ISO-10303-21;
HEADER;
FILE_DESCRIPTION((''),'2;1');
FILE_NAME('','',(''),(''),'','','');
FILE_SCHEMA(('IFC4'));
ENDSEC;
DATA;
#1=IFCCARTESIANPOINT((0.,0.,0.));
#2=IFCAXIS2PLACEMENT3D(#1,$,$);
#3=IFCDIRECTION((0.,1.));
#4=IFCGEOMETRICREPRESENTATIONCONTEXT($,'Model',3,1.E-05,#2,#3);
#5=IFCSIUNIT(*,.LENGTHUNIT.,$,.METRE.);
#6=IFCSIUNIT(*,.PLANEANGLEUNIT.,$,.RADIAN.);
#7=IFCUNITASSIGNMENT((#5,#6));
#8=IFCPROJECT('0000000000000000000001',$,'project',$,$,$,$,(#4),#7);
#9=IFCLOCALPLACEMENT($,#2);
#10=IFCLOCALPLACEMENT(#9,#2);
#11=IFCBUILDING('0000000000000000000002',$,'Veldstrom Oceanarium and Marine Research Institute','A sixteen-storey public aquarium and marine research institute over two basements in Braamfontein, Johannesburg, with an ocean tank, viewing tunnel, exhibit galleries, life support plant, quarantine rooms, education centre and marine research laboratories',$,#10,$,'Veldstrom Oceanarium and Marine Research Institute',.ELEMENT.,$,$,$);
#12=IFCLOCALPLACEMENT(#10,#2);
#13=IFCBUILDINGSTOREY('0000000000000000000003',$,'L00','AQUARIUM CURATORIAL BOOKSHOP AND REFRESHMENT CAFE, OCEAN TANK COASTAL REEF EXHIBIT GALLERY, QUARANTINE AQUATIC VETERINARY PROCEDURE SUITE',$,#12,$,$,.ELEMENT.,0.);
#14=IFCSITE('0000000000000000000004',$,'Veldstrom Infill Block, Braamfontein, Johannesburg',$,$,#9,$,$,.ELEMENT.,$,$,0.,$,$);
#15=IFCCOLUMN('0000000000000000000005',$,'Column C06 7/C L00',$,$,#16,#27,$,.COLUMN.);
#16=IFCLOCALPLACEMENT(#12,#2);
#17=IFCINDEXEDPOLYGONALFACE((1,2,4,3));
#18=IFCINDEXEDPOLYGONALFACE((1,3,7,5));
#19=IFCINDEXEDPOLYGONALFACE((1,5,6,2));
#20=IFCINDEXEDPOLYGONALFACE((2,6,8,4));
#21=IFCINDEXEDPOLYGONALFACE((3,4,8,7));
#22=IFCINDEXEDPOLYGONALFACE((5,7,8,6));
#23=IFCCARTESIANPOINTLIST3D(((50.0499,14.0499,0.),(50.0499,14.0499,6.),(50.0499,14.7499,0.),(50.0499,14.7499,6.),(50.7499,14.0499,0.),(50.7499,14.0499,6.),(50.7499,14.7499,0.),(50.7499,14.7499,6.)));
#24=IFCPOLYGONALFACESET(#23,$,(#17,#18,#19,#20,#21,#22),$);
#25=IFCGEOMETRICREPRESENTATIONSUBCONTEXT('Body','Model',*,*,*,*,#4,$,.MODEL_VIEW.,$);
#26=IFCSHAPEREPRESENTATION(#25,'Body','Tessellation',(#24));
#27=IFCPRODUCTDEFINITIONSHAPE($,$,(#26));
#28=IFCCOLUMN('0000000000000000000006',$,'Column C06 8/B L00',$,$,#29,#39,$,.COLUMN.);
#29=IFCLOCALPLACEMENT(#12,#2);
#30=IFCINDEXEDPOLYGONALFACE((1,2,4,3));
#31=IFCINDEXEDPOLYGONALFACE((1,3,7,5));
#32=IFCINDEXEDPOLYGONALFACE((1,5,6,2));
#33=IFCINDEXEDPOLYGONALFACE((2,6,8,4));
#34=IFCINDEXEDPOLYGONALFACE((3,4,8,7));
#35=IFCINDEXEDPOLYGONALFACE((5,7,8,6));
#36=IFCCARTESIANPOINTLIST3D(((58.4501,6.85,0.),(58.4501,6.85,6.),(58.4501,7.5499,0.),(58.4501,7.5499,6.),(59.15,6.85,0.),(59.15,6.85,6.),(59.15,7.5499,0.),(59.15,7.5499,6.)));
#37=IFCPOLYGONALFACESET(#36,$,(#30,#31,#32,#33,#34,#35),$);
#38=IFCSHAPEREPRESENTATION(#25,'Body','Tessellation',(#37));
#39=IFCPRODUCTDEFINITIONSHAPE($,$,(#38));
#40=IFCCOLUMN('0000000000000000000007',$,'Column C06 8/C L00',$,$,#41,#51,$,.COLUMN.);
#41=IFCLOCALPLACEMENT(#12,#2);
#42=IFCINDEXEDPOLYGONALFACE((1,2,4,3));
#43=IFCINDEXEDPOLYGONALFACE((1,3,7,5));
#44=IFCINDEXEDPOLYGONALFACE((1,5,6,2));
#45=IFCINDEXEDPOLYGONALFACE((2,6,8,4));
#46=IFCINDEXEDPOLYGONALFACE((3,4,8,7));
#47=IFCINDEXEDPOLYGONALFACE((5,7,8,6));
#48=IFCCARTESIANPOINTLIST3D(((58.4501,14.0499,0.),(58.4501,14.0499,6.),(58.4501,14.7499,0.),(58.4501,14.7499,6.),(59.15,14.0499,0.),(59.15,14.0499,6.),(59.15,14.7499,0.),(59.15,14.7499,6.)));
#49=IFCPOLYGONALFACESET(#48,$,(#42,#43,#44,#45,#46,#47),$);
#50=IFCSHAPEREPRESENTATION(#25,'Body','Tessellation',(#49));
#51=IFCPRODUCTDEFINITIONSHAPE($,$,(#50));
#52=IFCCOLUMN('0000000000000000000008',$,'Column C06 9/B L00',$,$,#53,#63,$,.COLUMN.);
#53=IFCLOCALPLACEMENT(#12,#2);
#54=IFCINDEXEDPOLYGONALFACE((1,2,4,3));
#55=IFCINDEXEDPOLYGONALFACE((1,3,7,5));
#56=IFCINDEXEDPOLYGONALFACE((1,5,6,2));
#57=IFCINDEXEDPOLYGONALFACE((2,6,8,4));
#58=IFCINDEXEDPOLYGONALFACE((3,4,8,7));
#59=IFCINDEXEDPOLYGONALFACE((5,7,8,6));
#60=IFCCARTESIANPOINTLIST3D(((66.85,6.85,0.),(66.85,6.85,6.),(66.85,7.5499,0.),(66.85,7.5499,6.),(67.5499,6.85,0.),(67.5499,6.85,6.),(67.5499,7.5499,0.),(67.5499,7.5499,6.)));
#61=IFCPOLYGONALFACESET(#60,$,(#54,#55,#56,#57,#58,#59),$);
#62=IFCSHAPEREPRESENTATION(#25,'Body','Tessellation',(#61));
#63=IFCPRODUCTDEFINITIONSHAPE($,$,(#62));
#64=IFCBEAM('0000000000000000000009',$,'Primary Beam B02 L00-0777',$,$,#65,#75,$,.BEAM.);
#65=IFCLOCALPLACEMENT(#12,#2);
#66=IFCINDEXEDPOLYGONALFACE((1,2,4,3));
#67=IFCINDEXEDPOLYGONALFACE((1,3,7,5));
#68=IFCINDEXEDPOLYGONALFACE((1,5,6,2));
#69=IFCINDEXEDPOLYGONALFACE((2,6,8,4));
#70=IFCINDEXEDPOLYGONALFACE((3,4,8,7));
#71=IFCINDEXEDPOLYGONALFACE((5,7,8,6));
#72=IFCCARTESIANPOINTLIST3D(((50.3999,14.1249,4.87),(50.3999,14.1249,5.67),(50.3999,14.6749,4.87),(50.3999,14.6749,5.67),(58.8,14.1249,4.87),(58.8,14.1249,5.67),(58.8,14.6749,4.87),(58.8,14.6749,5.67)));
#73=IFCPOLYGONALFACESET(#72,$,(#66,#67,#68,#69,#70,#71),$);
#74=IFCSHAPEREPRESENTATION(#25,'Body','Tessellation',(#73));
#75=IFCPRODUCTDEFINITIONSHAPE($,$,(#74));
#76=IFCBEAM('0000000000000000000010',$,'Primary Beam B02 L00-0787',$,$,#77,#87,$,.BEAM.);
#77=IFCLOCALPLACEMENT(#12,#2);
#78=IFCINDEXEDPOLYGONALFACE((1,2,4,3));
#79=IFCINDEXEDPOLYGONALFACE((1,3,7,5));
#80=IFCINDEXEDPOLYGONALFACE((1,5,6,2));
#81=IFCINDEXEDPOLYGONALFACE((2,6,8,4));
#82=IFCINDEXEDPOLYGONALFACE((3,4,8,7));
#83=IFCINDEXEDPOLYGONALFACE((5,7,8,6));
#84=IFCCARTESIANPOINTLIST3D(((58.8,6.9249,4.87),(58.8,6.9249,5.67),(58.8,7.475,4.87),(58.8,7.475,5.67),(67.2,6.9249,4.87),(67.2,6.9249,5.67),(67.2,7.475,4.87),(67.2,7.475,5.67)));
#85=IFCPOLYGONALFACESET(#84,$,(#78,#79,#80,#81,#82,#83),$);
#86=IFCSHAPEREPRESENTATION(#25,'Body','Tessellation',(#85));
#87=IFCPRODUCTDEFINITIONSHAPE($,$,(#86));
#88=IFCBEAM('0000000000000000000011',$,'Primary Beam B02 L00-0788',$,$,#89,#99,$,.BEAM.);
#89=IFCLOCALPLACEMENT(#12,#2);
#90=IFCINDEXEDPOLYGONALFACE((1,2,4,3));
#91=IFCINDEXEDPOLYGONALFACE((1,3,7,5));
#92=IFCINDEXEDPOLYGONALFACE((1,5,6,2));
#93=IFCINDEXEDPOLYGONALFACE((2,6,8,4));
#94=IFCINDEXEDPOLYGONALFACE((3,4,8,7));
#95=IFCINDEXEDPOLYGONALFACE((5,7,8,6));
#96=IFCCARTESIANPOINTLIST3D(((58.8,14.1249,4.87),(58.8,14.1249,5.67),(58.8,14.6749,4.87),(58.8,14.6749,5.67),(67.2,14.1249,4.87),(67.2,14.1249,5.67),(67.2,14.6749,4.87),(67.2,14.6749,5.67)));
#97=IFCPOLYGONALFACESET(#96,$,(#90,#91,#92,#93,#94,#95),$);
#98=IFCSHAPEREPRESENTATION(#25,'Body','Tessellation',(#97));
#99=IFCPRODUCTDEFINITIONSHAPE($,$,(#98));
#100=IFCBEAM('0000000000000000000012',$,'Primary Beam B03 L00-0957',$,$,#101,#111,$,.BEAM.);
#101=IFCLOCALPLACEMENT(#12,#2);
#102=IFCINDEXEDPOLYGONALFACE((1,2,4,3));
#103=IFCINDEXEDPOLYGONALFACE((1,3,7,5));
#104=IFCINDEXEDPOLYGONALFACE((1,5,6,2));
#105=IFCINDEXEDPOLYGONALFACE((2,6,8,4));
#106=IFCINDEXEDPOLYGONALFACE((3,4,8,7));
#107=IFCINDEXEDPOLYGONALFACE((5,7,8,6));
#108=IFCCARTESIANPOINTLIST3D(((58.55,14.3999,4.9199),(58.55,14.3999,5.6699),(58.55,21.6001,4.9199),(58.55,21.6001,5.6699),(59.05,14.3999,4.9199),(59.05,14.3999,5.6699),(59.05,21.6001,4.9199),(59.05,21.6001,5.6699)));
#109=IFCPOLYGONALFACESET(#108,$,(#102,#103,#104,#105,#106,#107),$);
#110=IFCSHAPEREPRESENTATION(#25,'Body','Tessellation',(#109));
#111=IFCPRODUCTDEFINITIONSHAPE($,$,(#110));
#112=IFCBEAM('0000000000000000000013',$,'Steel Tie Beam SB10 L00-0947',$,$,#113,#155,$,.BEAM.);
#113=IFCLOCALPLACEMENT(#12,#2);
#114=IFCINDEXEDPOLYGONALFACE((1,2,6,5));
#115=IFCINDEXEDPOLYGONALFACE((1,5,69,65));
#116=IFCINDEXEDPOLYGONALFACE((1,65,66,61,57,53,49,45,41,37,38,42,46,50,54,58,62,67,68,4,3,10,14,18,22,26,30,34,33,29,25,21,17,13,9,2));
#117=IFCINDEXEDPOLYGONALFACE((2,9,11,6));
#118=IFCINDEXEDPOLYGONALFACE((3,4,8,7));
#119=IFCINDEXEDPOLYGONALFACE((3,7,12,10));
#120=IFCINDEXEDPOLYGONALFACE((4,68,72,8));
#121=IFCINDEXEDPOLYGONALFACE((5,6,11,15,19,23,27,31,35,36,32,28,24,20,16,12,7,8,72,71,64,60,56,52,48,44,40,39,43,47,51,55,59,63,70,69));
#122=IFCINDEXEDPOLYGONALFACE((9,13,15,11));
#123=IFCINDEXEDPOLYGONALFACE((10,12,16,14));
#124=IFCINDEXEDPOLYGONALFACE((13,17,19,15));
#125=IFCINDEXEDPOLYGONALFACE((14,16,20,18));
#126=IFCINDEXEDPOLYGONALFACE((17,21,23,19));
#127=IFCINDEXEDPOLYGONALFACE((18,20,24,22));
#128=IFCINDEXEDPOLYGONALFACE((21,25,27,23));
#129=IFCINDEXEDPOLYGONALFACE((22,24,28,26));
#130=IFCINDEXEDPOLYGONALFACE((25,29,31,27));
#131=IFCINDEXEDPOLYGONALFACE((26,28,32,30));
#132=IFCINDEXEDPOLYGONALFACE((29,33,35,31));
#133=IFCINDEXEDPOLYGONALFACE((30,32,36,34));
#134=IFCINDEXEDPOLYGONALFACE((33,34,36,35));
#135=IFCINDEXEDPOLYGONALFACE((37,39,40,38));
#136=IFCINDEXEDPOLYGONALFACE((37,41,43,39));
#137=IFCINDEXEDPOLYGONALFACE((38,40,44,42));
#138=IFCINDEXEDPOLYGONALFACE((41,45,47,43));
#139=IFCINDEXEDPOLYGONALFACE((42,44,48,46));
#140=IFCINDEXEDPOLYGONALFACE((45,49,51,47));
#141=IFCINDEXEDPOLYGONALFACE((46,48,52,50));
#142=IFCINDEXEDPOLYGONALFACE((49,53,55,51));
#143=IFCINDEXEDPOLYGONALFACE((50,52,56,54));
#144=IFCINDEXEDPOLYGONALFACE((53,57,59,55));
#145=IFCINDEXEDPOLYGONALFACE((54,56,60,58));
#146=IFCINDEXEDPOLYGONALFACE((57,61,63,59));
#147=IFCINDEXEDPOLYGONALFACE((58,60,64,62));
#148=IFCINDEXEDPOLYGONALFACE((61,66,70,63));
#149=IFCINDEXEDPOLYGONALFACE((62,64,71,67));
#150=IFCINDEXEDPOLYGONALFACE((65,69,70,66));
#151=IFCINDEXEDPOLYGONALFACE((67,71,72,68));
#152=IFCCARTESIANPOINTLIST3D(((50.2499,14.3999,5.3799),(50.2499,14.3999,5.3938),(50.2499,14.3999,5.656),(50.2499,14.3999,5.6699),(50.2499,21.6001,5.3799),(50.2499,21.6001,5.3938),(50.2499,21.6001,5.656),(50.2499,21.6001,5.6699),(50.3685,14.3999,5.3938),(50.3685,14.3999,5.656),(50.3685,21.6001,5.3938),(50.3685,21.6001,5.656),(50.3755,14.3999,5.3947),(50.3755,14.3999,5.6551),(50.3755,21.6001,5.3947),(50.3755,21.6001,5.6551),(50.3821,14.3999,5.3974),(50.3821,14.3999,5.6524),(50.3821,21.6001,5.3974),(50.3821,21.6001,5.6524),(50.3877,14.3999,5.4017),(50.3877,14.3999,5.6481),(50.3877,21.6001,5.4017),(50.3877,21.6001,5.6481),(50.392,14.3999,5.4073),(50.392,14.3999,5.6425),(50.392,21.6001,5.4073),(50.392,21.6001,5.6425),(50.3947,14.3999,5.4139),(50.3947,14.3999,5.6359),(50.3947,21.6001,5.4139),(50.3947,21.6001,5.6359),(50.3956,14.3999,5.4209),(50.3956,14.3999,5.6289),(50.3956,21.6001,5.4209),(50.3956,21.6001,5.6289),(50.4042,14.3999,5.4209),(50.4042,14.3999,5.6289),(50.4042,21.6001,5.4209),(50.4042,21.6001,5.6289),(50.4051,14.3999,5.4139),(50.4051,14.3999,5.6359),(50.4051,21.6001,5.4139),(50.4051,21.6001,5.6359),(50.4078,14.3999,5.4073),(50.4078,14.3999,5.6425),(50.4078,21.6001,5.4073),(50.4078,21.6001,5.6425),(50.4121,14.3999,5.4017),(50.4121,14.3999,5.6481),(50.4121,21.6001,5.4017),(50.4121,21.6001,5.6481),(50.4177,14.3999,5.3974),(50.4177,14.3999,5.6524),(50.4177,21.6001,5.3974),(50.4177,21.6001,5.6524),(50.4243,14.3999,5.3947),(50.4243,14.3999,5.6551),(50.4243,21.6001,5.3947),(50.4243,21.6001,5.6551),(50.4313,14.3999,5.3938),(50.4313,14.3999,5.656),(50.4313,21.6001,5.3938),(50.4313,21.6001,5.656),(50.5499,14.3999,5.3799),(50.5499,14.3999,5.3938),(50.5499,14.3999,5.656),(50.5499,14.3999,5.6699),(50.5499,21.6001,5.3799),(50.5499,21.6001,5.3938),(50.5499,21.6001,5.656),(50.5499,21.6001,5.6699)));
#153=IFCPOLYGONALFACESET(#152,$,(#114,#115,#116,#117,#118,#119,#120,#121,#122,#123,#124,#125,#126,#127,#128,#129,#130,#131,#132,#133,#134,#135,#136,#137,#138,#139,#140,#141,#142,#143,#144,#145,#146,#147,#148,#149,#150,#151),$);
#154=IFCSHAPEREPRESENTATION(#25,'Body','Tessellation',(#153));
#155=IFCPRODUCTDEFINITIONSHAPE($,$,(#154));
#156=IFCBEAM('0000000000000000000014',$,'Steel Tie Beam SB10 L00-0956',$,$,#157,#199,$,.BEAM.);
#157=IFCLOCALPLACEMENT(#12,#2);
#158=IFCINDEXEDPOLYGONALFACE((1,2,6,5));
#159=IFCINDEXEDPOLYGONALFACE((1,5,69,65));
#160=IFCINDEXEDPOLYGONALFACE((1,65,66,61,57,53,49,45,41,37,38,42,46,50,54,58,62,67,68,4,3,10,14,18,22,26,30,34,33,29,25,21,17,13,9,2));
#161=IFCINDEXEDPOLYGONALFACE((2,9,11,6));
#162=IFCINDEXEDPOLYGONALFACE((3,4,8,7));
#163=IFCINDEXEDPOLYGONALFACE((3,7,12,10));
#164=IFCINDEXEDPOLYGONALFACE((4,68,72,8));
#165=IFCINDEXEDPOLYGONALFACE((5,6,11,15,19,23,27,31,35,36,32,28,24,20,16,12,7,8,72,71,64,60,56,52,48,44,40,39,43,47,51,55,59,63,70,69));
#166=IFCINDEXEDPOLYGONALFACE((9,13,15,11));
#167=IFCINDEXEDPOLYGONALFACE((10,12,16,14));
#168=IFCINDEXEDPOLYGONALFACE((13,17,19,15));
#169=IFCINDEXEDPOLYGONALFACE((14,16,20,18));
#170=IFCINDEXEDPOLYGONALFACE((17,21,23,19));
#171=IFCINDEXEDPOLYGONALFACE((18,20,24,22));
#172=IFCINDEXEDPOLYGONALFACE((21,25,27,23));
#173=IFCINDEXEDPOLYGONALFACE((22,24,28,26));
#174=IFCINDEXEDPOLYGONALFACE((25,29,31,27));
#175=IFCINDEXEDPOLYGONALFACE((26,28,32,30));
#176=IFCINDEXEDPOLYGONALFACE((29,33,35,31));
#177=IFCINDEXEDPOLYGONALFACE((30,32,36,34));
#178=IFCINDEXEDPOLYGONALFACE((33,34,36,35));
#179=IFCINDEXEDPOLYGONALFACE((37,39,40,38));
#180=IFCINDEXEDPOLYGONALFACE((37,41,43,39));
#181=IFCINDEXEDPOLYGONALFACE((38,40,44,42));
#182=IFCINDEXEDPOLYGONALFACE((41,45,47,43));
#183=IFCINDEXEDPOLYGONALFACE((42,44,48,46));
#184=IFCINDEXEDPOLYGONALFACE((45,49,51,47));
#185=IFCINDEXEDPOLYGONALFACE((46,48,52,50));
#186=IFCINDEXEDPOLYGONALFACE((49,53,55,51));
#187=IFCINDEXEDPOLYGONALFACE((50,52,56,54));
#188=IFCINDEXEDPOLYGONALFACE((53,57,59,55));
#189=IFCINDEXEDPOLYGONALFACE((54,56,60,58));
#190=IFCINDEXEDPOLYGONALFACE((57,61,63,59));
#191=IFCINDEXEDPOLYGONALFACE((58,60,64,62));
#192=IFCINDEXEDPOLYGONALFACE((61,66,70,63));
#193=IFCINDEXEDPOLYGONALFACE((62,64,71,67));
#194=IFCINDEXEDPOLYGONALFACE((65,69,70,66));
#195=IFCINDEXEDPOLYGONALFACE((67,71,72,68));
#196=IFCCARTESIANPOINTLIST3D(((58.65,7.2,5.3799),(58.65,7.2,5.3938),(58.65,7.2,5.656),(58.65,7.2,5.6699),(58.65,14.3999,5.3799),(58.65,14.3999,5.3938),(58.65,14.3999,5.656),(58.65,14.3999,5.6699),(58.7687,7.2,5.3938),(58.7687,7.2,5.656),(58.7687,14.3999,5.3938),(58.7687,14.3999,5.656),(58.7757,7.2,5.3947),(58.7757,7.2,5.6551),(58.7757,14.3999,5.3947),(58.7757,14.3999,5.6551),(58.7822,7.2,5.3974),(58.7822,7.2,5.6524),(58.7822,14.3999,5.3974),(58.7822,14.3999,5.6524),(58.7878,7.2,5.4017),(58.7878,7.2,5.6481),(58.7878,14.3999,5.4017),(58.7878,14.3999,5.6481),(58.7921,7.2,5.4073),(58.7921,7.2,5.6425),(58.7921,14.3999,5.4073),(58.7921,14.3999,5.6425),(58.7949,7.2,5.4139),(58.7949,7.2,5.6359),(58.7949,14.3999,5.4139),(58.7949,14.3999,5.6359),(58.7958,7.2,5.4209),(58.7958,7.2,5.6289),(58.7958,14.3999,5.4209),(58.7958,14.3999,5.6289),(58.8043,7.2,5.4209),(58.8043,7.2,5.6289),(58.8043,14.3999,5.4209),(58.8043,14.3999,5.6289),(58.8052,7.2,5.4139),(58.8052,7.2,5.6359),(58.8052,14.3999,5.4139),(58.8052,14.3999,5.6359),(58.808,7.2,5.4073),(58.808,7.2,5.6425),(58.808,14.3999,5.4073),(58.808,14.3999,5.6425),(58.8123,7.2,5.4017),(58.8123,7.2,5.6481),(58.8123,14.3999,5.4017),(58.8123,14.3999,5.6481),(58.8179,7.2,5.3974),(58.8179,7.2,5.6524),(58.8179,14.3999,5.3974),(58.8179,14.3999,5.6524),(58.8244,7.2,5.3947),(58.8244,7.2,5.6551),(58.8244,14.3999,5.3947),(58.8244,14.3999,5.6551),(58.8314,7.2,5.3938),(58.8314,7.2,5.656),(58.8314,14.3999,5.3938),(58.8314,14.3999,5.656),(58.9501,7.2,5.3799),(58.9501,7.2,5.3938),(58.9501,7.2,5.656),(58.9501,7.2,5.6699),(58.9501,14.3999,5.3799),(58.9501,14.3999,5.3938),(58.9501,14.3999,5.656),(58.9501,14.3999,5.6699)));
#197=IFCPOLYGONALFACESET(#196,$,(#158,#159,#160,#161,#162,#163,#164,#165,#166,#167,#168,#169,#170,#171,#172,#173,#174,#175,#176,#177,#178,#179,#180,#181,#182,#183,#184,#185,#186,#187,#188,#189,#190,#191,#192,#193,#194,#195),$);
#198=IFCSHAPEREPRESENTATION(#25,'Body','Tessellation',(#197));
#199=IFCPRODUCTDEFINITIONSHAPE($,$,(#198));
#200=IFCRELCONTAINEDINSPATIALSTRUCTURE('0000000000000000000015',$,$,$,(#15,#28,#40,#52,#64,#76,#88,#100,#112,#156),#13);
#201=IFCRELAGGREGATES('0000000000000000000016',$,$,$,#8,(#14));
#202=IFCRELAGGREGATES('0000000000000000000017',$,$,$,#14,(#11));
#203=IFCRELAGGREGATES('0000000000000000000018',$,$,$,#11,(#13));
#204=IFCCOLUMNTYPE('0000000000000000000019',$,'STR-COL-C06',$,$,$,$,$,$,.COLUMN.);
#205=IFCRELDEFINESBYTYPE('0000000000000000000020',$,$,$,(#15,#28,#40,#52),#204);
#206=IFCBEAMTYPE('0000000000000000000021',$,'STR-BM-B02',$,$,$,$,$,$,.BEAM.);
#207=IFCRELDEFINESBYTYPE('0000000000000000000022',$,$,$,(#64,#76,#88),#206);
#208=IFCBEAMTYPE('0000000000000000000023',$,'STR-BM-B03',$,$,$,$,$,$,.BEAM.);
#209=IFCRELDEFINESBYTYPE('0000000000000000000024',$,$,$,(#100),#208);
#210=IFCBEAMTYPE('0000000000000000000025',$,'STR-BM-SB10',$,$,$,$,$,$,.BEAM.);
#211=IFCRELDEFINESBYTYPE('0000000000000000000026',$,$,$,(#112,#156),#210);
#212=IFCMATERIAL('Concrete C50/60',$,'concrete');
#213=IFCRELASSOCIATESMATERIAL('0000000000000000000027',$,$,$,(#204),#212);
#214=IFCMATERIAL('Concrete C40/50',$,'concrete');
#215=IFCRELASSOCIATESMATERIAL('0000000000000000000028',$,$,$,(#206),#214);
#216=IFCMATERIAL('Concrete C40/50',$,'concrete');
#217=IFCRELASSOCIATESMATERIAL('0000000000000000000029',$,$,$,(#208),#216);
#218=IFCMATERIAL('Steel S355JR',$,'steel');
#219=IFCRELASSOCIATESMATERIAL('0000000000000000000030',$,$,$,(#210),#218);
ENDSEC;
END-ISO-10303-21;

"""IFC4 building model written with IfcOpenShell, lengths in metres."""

from ifc_helpers import new_model, si_unit, direction, frame, origin, origin_2d, place, context, subcontext, project, spatial, rectangle, i_section, extrude, material, material_profile, profile_set, type_object, element, save


model = new_model("IFC4")

# Units and contexts
model_context = context("Model", 3, precision=1e-05, world=origin(), true_north=direction((0.0, 1.0)))
body_context = subcontext(model_context, "Body", "Model", "MODEL_VIEW")
ifc_project = project(units=[si_unit("LENGTHUNIT", "METRE"), si_unit("PLANEANGLEUNIT", "RADIAN")], contexts=[model_context])

# Site, building, storey
site_placement = place(None, origin())
site = spatial("IfcSite", under=ifc_project, at=site_placement, Name="Veldstrom Infill Block, Braamfontein, Johannesburg", CompositionType="ELEMENT", RefElevation=0.0)
building_placement = place(site_placement, origin())
building = spatial("IfcBuilding", under=site, at=building_placement, Name="Veldstrom Oceanarium and Marine Research Institute", Description="A sixteen-storey public aquarium and marine research institute over two basements in Braamfontein, Johannesburg, with an ocean tank, viewing tunnel, exhibit galleries, life support plant, quarantine rooms, education centre and marine research laboratories", LongName="Veldstrom Oceanarium and Marine Research Institute", CompositionType="ELEMENT")
storey_placement = place(building_placement, origin())
storey = spatial("IfcBuildingStorey", under=building, at=storey_placement, Name="L00", Description="AQUARIUM CURATORIAL BOOKSHOP AND REFRESHMENT CAFE, OCEAN TANK COASTAL REEF EXHIBIT GALLERY, QUARANTINE AQUATIC VETERINARY PROCEDURE SUITE", CompositionType="ELEMENT", Elevation=0.0)

# Columns
ifc_material_1 = material(Name="Concrete C50/60", Category="concrete")
ifc_material_profile_1 = material_profile(ifc_material_1, rectangle(XDim=0.7, YDim=0.7, at=origin_2d()), Name="RC-COL-700x700")
ifc_profile_set_1 = profile_set([ifc_material_profile_1], Name="Concrete C50/60")
column_type = type_object("IfcColumnType", Name="STR-COL-C06", PredefinedType="COLUMN", material=ifc_profile_set_1)
for number, where, z_axis, x_axis, name in (
    (1, (50.3999, 14.3999, 0.0), (0.0, 0.0, 1.0), (1.0, 0.0, 0.0), "Column C06 7/C L00"),
    (2, (58.8, 7.2, 0.0), (0.0, 0.0, 1.0), (1.0, 0.0, 0.0), "Column C06 8/B L00"),
    (3, (58.8, 14.3999, 0.0), (0.0, 0.0, 1.0), (1.0, 0.0, 0.0), "Column C06 8/C L00"),
    (4, (67.2, 7.2, 0.0), (0.0, 0.0, 1.0), (1.0, 0.0, 0.0), "Column C06 9/B L00"),
):
    element("IfcColumn", number, at=place(storey_placement, frame(where, z_axis=z_axis, x_axis=x_axis)), inside=storey, type_object=column_type, Name=name, PredefinedType="COLUMN", context=body_context, shape_type="SweptSolid", body=[
        extrude(rectangle(XDim=0.7, YDim=0.7, at=origin_2d()), origin(), (0.0, 0.0, 1.0), 6.0),
    ])

# Beams
ifc_material_2 = material(Name="Concrete C40/50", Category="concrete")
ifc_material_profile_2 = material_profile(ifc_material_2, rectangle(XDim=0.55, YDim=0.8, at=origin_2d()), Name="RC-BM-550x800")
ifc_profile_set_2 = profile_set([ifc_material_profile_2], Name="Concrete C40/50")
beam_type_1 = type_object("IfcBeamType", Name="STR-BM-B02", PredefinedType="BEAM", material=ifc_profile_set_2)
beam_1_placement = place(storey_placement, frame((50.3999, 14.3999, 5.27), z_axis=(1.0, 0.0, 0.0), x_axis=(0.0, 1.0, 0.0)))
element("IfcBeam", 5, at=beam_1_placement, inside=storey, type_object=beam_type_1, Name="Primary Beam B02 L00-0777", PredefinedType="BEAM", context=body_context, shape_type="SweptSolid", body=[
    extrude(rectangle(XDim=0.55, YDim=0.8, at=origin_2d()), origin(), (0.0, 0.0, 1.0), 8.4001),
])
for number, where, z_axis, x_axis, name in (
    (6, (58.8, 7.2, 5.27), (1.0, 0.0, 0.0), (0.0, 1.0, 0.0), "Primary Beam B02 L00-0787"),
    (7, (58.8, 14.3999, 5.27), (1.0, 0.0, 0.0), (0.0, 1.0, 0.0), "Primary Beam B02 L00-0788"),
):
    element("IfcBeam", number, at=place(storey_placement, frame(where, z_axis=z_axis, x_axis=x_axis)), inside=storey, type_object=beam_type_1, Name=name, PredefinedType="BEAM", context=body_context, shape_type="SweptSolid", body=[
        extrude(rectangle(XDim=0.55, YDim=0.8, at=origin_2d()), origin(), (0.0, 0.0, 1.0), 8.3999),
    ])
ifc_material_3 = material(Name="Concrete C40/50", Category="concrete")
ifc_material_profile_3 = material_profile(ifc_material_3, rectangle(XDim=0.5, YDim=0.75, at=origin_2d()), Name="RC-BM-500x750")
ifc_profile_set_3 = profile_set([ifc_material_profile_3], Name="Concrete C40/50")
beam_type_2 = type_object("IfcBeamType", Name="STR-BM-B03", PredefinedType="BEAM", material=ifc_profile_set_3)
beam_2_placement = place(storey_placement, frame((58.8, 14.3999, 5.2949), z_axis=(0.0, 1.0, 0.0), x_axis=(-1.0, 0.0, 0.0)))
element("IfcBeam", 8, at=beam_2_placement, inside=storey, type_object=beam_type_2, Name="Primary Beam B03 L00-0957", PredefinedType="BEAM", context=body_context, shape_type="SweptSolid", body=[
    extrude(rectangle(XDim=0.5, YDim=0.75, at=origin_2d()), origin(), (0.0, 0.0, 1.0), 7.2002),
])
ifc_material_4 = material(Name="Steel S355JR", Category="steel")
ifc_material_profile_4 = material_profile(ifc_material_4, i_section(OverallWidth=0.3, OverallDepth=0.29, WebThickness=0.0085, FlangeThickness=0.0139, FilletRadius=0.0271, at=origin_2d()), Name="HEA 300")
ifc_profile_set_4 = profile_set([ifc_material_profile_4], Name="Steel S355JR")
beam_type_3 = type_object("IfcBeamType", Name="STR-BM-SB10", PredefinedType="BEAM", material=ifc_profile_set_4)
beam_3_placement = place(storey_placement, frame((50.3999, 14.3999, 5.5249), z_axis=(0.0, 1.0, 0.0), x_axis=(-1.0, 0.0, 0.0)))
element("IfcBeam", 9, at=beam_3_placement, inside=storey, type_object=beam_type_3, Name="Steel Tie Beam SB10 L00-0947", PredefinedType="BEAM", context=body_context, shape_type="SweptSolid", body=[
    extrude(i_section(OverallWidth=0.3, OverallDepth=0.29, WebThickness=0.0085, FlangeThickness=0.0139, FilletRadius=0.0271, at=origin_2d()), origin(), (0.0, 0.0, 1.0), 7.2002),
])
beam_4_placement = place(storey_placement, frame((58.8, 7.2, 5.5249), z_axis=(0.0, 1.0, 0.0), x_axis=(-1.0, 0.0, 0.0)))
element("IfcBeam", 10, at=beam_4_placement, inside=storey, type_object=beam_type_3, Name="Steel Tie Beam SB10 L00-0956", PredefinedType="BEAM", context=body_context, shape_type="SweptSolid", body=[
    extrude(i_section(OverallWidth=0.3, OverallDepth=0.29, WebThickness=0.0085, FlangeThickness=0.0139, FilletRadius=0.0271, at=origin_2d()), origin(), (0.0, 0.0, 1.0), 7.2),
])

save(model, "model.ifc")
